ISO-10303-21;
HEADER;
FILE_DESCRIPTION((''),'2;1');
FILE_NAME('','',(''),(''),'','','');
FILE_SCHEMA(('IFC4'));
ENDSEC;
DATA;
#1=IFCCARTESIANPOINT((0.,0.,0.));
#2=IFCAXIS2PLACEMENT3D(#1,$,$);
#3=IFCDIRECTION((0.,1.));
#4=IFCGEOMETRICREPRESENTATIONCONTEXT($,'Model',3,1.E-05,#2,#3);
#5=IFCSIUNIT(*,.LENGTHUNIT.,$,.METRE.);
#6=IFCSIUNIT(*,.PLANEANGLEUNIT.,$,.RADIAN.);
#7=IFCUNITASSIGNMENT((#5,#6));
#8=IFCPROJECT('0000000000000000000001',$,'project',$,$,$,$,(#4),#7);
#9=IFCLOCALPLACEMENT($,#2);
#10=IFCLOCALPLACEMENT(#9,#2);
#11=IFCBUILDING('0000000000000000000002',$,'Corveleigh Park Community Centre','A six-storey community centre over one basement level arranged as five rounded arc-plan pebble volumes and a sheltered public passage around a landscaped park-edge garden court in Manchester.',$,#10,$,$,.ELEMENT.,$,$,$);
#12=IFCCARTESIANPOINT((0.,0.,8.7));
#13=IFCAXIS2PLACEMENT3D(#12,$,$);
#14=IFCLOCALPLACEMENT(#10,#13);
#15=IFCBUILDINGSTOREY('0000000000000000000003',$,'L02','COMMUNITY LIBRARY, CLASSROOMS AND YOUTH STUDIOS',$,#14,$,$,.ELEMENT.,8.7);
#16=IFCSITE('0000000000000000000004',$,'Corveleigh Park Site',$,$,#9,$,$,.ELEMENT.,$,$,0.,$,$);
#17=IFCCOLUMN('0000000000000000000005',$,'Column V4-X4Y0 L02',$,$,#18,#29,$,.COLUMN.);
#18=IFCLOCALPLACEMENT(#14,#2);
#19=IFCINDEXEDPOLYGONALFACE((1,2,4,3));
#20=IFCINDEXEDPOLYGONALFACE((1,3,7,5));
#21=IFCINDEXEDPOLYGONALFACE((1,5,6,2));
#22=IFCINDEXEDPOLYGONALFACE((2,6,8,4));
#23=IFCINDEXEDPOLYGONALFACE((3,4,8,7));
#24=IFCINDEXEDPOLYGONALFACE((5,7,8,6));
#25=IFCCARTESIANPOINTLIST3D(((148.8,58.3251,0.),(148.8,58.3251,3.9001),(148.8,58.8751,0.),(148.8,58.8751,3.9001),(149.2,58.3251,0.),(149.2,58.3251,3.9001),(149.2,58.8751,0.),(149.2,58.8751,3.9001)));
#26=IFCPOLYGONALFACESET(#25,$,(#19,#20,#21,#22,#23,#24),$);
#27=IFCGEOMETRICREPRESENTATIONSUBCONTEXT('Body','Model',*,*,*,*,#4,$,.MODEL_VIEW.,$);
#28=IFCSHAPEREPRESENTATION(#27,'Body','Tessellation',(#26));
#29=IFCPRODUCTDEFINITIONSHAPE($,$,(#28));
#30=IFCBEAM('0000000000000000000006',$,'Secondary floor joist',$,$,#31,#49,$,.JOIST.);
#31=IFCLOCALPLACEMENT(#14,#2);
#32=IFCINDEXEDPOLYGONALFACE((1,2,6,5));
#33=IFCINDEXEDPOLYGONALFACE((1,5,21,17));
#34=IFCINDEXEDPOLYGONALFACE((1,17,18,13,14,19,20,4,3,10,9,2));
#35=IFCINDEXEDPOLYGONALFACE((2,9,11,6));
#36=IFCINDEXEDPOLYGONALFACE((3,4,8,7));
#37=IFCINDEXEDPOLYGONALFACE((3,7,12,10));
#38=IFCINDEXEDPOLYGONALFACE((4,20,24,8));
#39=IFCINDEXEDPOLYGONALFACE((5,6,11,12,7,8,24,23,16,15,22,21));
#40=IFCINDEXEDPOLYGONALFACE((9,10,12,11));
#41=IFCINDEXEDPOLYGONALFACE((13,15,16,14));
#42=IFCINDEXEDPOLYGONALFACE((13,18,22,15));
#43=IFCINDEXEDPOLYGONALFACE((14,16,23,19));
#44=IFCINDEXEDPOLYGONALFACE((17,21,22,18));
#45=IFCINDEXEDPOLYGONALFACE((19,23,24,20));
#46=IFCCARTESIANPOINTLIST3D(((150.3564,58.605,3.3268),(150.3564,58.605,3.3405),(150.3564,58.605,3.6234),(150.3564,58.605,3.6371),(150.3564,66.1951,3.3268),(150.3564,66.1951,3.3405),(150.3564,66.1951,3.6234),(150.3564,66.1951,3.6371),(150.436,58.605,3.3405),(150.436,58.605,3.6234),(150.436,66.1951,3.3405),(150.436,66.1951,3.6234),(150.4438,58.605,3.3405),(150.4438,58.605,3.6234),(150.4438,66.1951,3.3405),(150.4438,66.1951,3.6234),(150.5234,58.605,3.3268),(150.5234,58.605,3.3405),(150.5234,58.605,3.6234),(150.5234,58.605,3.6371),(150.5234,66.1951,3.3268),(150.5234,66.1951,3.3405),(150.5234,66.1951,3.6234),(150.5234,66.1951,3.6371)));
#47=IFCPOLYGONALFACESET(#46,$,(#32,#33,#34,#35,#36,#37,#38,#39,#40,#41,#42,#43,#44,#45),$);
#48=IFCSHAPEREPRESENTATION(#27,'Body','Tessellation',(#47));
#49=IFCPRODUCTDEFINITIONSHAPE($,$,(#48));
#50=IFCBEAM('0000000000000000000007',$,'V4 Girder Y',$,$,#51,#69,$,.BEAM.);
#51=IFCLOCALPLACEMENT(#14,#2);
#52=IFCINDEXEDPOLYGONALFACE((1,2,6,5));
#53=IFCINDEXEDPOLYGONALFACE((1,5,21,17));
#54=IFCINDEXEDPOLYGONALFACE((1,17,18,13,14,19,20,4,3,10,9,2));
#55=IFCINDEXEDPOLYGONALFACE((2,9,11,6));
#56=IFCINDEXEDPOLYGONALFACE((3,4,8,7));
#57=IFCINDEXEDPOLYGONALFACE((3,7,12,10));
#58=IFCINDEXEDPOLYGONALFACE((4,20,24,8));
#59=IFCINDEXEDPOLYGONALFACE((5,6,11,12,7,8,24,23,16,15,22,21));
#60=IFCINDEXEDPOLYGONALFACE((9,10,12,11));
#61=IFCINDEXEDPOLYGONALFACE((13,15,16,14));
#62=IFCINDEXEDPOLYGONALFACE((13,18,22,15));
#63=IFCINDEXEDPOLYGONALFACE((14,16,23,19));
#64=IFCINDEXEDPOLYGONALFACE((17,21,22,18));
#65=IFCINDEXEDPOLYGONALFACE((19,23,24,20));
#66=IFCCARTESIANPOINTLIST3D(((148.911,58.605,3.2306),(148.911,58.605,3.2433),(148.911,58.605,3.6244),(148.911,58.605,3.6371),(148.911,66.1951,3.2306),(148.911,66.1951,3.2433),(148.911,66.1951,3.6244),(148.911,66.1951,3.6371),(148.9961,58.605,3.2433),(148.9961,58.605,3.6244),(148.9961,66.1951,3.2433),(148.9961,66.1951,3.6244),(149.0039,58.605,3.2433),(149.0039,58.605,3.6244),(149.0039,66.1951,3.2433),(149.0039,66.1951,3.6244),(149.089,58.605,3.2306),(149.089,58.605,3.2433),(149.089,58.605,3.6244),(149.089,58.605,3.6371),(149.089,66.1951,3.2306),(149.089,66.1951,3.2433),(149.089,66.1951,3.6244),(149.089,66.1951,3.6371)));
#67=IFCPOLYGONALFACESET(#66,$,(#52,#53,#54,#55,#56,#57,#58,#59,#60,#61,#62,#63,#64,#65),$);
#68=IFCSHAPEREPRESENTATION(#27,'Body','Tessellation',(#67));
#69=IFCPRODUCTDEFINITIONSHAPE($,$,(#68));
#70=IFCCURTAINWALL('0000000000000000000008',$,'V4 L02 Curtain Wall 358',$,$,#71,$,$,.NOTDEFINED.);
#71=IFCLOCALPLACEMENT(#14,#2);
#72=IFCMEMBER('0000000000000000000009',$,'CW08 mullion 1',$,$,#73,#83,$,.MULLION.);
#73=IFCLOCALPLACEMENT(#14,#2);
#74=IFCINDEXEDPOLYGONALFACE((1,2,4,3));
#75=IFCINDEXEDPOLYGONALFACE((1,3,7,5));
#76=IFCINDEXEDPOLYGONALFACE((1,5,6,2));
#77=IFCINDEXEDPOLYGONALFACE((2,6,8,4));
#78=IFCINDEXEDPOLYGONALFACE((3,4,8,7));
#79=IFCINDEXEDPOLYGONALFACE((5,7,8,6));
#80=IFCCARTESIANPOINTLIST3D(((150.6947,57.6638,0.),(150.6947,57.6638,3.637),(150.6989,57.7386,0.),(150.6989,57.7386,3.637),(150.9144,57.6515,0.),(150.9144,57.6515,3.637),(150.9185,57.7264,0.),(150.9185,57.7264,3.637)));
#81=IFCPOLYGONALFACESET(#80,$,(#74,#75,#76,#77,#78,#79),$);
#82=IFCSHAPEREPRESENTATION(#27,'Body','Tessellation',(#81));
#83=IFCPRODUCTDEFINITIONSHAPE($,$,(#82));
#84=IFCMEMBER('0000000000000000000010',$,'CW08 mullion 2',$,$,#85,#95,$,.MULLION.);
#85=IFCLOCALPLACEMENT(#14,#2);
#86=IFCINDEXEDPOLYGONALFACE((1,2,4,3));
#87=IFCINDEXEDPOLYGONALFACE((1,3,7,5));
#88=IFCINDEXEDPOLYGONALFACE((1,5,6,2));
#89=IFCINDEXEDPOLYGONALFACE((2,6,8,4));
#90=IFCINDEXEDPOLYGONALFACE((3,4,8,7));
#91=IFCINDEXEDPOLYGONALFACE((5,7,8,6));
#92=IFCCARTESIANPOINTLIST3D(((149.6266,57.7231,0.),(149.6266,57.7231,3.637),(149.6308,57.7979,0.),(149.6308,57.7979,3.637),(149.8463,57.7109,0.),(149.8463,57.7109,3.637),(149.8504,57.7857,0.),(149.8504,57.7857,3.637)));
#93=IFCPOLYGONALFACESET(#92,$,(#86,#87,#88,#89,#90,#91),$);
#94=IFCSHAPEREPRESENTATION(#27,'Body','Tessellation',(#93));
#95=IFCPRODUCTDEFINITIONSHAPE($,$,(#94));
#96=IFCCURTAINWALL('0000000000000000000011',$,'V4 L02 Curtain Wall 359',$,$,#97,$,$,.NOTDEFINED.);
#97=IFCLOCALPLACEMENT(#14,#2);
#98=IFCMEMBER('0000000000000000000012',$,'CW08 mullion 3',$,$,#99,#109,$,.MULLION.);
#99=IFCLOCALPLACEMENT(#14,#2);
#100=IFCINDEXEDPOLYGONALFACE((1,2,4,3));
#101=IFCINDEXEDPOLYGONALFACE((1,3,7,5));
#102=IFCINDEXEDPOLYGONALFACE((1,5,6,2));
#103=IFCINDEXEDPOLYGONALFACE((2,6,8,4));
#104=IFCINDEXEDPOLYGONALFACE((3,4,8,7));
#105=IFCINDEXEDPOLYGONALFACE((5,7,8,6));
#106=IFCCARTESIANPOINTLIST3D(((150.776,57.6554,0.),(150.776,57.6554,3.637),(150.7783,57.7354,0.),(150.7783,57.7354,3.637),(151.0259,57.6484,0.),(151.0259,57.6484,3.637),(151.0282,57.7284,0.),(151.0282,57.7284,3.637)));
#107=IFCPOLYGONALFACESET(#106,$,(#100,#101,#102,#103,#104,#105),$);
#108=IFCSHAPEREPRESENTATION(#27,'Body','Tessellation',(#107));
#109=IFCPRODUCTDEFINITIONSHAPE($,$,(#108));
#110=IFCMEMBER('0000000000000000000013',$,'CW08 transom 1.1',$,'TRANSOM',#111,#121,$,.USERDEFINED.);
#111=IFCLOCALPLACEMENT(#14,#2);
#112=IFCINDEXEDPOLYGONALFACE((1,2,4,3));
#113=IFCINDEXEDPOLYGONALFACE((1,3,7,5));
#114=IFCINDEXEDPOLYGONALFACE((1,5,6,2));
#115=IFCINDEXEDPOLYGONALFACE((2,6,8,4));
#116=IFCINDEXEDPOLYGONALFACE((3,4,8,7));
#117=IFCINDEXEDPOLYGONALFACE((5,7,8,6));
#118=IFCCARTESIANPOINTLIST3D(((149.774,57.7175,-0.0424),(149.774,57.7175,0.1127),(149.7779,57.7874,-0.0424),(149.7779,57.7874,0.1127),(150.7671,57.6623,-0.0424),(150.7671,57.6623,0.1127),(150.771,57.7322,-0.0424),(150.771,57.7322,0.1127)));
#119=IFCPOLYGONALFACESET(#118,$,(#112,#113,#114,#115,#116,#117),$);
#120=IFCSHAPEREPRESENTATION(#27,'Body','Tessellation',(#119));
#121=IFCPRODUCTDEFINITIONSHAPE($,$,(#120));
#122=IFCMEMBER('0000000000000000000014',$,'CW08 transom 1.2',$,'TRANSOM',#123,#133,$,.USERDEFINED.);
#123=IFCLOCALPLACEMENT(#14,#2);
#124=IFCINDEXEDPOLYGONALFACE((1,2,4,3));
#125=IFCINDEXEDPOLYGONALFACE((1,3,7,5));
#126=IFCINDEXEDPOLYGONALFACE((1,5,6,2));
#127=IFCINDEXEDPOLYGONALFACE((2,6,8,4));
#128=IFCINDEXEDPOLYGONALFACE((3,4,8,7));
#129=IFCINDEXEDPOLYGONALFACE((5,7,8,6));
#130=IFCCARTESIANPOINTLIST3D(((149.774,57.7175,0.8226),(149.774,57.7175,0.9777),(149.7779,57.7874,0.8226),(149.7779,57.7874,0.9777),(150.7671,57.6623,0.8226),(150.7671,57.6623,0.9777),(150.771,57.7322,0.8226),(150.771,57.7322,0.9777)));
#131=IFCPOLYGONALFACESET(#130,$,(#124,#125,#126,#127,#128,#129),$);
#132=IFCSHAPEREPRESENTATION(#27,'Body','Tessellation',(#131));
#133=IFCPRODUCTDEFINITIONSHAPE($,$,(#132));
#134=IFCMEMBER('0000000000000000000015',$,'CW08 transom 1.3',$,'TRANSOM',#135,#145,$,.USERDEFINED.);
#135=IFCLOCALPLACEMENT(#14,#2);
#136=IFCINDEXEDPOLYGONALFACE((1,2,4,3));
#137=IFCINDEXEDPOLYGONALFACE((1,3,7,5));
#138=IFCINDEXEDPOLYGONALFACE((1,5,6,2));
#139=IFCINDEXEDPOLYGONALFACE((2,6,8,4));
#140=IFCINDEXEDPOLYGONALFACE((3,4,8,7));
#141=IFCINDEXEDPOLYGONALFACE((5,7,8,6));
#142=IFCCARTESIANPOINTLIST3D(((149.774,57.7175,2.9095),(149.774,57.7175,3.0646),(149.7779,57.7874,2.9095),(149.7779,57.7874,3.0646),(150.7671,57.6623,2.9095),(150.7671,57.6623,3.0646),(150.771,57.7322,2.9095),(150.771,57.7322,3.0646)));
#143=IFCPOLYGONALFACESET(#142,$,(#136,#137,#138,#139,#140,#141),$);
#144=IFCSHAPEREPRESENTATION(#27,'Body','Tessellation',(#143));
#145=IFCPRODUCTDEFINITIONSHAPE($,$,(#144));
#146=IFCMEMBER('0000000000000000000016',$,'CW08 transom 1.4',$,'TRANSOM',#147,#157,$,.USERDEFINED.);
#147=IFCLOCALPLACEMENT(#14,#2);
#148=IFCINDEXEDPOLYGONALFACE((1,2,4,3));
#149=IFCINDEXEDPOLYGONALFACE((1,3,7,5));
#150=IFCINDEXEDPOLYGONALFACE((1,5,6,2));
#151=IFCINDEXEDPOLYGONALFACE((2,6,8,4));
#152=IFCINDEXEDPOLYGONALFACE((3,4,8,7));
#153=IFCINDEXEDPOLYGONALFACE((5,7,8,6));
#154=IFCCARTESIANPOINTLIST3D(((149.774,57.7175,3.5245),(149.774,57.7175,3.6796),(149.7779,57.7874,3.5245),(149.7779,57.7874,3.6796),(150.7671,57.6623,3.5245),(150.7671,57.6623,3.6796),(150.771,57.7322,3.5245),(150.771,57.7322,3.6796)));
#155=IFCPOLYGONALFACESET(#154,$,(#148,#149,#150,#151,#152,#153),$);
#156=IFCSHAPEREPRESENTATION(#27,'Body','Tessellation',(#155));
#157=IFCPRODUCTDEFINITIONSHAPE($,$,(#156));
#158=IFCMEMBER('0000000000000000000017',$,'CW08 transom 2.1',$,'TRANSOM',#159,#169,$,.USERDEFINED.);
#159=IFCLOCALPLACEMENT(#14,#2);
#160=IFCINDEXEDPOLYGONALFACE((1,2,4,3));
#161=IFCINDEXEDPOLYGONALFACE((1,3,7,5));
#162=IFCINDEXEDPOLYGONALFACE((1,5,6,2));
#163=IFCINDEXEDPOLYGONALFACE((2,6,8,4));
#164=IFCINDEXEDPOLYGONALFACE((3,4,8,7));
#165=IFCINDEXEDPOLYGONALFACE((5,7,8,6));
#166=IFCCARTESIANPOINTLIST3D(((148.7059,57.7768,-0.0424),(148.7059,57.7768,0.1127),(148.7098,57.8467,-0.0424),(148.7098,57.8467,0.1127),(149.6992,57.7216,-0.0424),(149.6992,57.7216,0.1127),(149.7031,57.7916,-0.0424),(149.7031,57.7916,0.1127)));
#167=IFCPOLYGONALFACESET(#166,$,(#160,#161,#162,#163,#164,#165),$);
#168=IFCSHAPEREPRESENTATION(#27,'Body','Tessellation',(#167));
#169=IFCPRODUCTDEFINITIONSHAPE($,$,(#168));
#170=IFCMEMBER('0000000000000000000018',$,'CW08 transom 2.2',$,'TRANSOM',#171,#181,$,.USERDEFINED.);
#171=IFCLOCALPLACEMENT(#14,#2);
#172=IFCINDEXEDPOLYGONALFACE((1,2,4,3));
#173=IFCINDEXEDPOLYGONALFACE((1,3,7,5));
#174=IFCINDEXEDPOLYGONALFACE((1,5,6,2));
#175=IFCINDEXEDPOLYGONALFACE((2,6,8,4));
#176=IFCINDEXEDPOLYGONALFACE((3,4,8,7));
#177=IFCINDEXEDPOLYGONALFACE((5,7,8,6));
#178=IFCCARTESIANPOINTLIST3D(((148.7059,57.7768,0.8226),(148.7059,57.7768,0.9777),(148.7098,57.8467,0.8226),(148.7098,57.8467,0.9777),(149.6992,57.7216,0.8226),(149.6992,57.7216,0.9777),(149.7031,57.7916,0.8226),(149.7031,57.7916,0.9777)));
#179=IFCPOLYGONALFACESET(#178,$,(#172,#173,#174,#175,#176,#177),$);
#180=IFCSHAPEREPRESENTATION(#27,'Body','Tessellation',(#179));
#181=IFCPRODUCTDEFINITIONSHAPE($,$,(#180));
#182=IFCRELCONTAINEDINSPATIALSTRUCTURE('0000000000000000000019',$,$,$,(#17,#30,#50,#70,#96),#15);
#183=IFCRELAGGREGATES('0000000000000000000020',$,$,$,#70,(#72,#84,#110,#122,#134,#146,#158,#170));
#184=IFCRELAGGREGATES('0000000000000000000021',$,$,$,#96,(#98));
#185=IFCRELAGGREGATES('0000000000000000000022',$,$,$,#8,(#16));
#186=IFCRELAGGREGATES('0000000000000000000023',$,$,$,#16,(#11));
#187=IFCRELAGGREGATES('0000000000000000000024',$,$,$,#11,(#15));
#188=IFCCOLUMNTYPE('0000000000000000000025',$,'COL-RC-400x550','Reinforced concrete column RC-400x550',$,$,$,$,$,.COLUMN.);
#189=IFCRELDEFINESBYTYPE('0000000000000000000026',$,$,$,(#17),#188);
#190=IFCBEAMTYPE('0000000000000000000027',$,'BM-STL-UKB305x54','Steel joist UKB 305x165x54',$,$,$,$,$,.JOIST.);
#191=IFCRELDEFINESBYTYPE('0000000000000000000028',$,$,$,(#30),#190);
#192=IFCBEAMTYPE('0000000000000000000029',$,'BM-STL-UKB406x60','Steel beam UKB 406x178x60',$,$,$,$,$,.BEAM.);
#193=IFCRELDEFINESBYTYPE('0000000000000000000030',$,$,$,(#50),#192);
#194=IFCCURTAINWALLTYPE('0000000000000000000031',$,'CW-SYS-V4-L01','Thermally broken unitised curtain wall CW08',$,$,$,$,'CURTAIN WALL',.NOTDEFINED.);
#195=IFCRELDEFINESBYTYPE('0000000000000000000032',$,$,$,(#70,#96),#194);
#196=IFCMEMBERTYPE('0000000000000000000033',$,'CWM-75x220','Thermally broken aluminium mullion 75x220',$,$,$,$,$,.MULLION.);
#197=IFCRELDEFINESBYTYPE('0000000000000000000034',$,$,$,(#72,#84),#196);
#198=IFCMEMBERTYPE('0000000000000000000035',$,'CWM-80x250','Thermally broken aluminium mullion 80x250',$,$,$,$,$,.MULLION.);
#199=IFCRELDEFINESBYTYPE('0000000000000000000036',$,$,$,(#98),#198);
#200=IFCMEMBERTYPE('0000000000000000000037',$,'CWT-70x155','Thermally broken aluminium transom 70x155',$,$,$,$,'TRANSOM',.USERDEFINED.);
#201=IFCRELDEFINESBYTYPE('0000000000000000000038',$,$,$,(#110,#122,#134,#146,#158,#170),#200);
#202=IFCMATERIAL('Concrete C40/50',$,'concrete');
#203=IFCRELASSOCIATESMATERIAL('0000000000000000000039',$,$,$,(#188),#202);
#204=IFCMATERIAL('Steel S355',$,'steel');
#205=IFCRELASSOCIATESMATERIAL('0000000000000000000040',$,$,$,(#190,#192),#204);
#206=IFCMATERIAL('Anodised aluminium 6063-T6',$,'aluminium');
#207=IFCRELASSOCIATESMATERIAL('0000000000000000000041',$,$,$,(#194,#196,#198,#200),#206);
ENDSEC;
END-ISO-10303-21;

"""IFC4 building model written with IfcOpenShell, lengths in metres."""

from ifc_helpers import new_model, si_unit, direction, frame, origin, origin_2d, place, context, subcontext, project, spatial, rectangle, i_section, extrude, material, material_profile, profile_set, type_object, element, aggregate, save


model = new_model("IFC4")

# Units and contexts
model_context = context("Model", 3, precision=1e-05, world=origin(), true_north=direction((0.0, 1.0)))
body_context = subcontext(model_context, "Body", "Model", "MODEL_VIEW")
ifc_project = project(units=[si_unit("LENGTHUNIT", "METRE"), si_unit("PLANEANGLEUNIT", "RADIAN")], contexts=[model_context])

# Site, building, storey
site_placement = place(None, origin())
site = spatial("IfcSite", under=ifc_project, at=site_placement, Name="Corveleigh Park Site", CompositionType="ELEMENT", RefElevation=0.0)
building_placement = place(site_placement, origin())
building = spatial("IfcBuilding", under=site, at=building_placement, Name="Corveleigh Park Community Centre", Description="A six-storey community centre over one basement level arranged as five rounded arc-plan pebble volumes and a sheltered public passage around a landscaped park-edge garden court in Manchester.", CompositionType="ELEMENT")
storey_placement = place(building_placement, frame((0.0, 0.0, 8.7)))
storey = spatial("IfcBuildingStorey", under=building, at=storey_placement, Name="L02", Description="COMMUNITY LIBRARY, CLASSROOMS AND YOUTH STUDIOS", CompositionType="ELEMENT", Elevation=8.7)

# Column
ifc_material_1 = material(Name="Concrete C40/50", Category="concrete")
ifc_material_profile_1 = material_profile(ifc_material_1, rectangle(XDim=0.3999, YDim=0.55, at=origin_2d()), Name="RC-400x550", Category="concrete")
ifc_profile_set_1 = profile_set([ifc_material_profile_1], Name="Concrete C40/50")
column_type = type_object("IfcColumnType", Name="COL-RC-400x550", Description="Reinforced concrete column RC-400x550", PredefinedType="COLUMN", material=ifc_profile_set_1)
column_placement = place(storey_placement, frame((149.0, 58.6001, 0.0), z_axis=(0.0, 0.0, 1.0), x_axis=(1.0, 0.0, 0.0)))
element("IfcColumn", 1, at=column_placement, inside=storey, type_object=column_type, Name="Column V4-X4Y0 L02", PredefinedType="COLUMN", context=body_context, shape_type="SweptSolid", body=[
    extrude(rectangle(XDim=0.3999, YDim=0.55, at=origin_2d()), origin(), (0.0, 0.0, 1.0), 3.9001),
])

# Beams
ifc_material_2 = material(Name="Steel S355", Category="steel")
ifc_material_profile_2 = material_profile(ifc_material_2, i_section(OverallWidth=0.167, OverallDepth=0.3103, WebThickness=0.0078, FlangeThickness=0.0137, at=origin_2d()), Name="UKB 305x165x54", Category="steel")
ifc_profile_set_2 = profile_set([ifc_material_profile_2], Name="Steel S355")
beam_type_1 = type_object("IfcBeamType", Name="BM-STL-UKB305x54", Description="Steel joist UKB 305x165x54", PredefinedType="JOIST", material=ifc_profile_set_2)
beam_1_placement = place(storey_placement, frame((150.4399, 58.605, 3.4819), z_axis=(0.0, 1.0, 0.0), x_axis=(-1.0, 0.0, 0.0)))
element("IfcBeam", 2, at=beam_1_placement, inside=storey, type_object=beam_type_1, Name="Secondary floor joist", PredefinedType="JOIST", context=body_context, shape_type="SweptSolid", body=[
    extrude(i_section(OverallWidth=0.167, OverallDepth=0.3103, WebThickness=0.0078, FlangeThickness=0.0137, at=origin_2d()), origin(), (0.0, 0.0, 1.0), 7.5901),
])
ifc_material_profile_3 = material_profile(ifc_material_2, i_section(OverallWidth=0.178, OverallDepth=0.4065, WebThickness=0.0078, FlangeThickness=0.0127, at=origin_2d()), Name="UKB 406x178x60", Category="steel")
ifc_profile_set_3 = profile_set([ifc_material_profile_3], Name="Steel S355")
beam_type_2 = type_object("IfcBeamType", Name="BM-STL-UKB406x60", Description="Steel beam UKB 406x178x60", PredefinedType="BEAM", material=ifc_profile_set_3)
beam_2_placement = place(storey_placement, frame((149.0, 58.605, 3.4338), z_axis=(0.0, 1.0, 0.0), x_axis=(-1.0, 0.0, 0.0)))
element("IfcBeam", 3, at=beam_2_placement, inside=storey, type_object=beam_type_2, Name="V4 Girder Y", PredefinedType="BEAM", context=body_context, shape_type="SweptSolid", body=[
    extrude(i_section(OverallWidth=0.178, OverallDepth=0.4065, WebThickness=0.0078, FlangeThickness=0.0127, at=origin_2d()), origin(), (0.0, 0.0, 1.0), 7.5901),
])

# Curtain wall, members
ifc_material_3 = material(Name="Anodised aluminium 6063-T6", Category="aluminium")
curtain_wall_type = type_object("IfcCurtainWallType", Name="CW-SYS-V4-L01", Description="Thermally broken unitised curtain wall CW08", ElementType="CURTAIN WALL", PredefinedType="NOTDEFINED", material=ifc_material_3)
curtain_wall_1_placement = place(storey_placement, origin())
curtain_wall_1 = element("IfcCurtainWall", 4, at=curtain_wall_1_placement, inside=storey, type_object=curtain_wall_type, Name="V4 L02 Curtain Wall 358", PredefinedType="NOTDEFINED")
ifc_material_profile_4 = material_profile(ifc_material_3, rectangle(XDim=0.075, YDim=0.22, at=origin_2d()), Name="ALU-M75x220", Category="aluminium")
ifc_profile_set_4 = profile_set([ifc_material_profile_4], Name="Anodised aluminium 6063-T6")
member_type_1 = type_object("IfcMemberType", Name="CWM-75x220", Description="Thermally broken aluminium mullion 75x220", PredefinedType="MULLION", material=ifc_profile_set_4)
member_1_placement = place(storey_placement, frame((150.8066, 57.6951, 0.0), z_axis=(0.0, 0.0, 1.0), x_axis=(-0.055545, -0.998456, 0.0)))
member_1 = element("IfcMember", 5, at=member_1_placement, type_object=member_type_1, Name="CW08 mullion 1", PredefinedType="MULLION", context=body_context, shape_type="SweptSolid", body=[
    extrude(rectangle(XDim=0.075, YDim=0.22, at=origin_2d()), origin(), (0.0, 0.0, 1.0), 3.637),
])
member_2_placement = place(storey_placement, frame((149.7385, 57.7544, 0.0), z_axis=(0.0, 0.0, 1.0), x_axis=(-0.055545, -0.998456, 0.0)))
member_2 = element("IfcMember", 6, at=member_2_placement, type_object=member_type_1, Name="CW08 mullion 2", PredefinedType="MULLION", context=body_context, shape_type="SweptSolid", body=[
    extrude(rectangle(XDim=0.075, YDim=0.22, at=origin_2d()), origin(), (0.0, 0.0, 1.0), 3.637),
])

# Curtain wall, member
curtain_wall_2_placement = place(storey_placement, origin())
curtain_wall_2 = element("IfcCurtainWall", 7, at=curtain_wall_2_placement, inside=storey, type_object=curtain_wall_type, Name="V4 L02 Curtain Wall 359", PredefinedType="NOTDEFINED")
ifc_material_profile_5 = material_profile(ifc_material_3, rectangle(XDim=0.0801, YDim=0.25, at=origin_2d()), Name="ALU-M80x250", Category="aluminium")
ifc_profile_set_5 = profile_set([ifc_material_profile_5], Name="Anodised aluminium 6063-T6")
member_type_2 = type_object("IfcMemberType", Name="CWM-80x250", Description="Thermally broken aluminium mullion 80x250", PredefinedType="MULLION", material=ifc_profile_set_5)
member_3_placement = place(storey_placement, frame((150.9021, 57.6919, 0.0), z_axis=(0.0, 0.0, 1.0), x_axis=(-0.028005, -0.999608, 0.0)))
member_3 = element("IfcMember", 8, at=member_3_placement, type_object=member_type_2, Name="CW08 mullion 3", PredefinedType="MULLION", context=body_context, shape_type="SweptSolid", body=[
    extrude(rectangle(XDim=0.0801, YDim=0.25, at=origin_2d()), origin(), (0.0, 0.0, 1.0), 3.637),
])

# Members
ifc_material_profile_6 = material_profile(ifc_material_3, rectangle(XDim=0.0701, YDim=0.155, at=origin_2d()), Name="ALU-T70x155", Category="aluminium")
ifc_profile_set_6 = profile_set([ifc_material_profile_6], Name="Anodised aluminium 6063-T6")
member_type_3 = type_object("IfcMemberType", Name="CWT-70x155", Description="Thermally broken aluminium transom 70x155", ElementType="TRANSOM", PredefinedType="USERDEFINED", material=ifc_profile_set_6)
member_4_placement = place(storey_placement, frame((150.769, 57.6973, 0.0352), z_axis=(-0.99846, 0.05547, 0.0), x_axis=(-0.05547, -0.99846, 0.0)))
member_4 = element("IfcMember", 9, at=member_4_placement, type_object=member_type_3, Name="CW08 transom 1.1", ObjectType="TRANSOM", PredefinedType="USERDEFINED", context=body_context, shape_type="SweptSolid", body=[
    extrude(rectangle(XDim=0.0701, YDim=0.155, at=origin_2d()), origin(), (0.0, 0.0, 1.0), 0.9946),
])
member_5_placement = place(storey_placement, frame((150.769, 57.6973, 0.9001), z_axis=(-0.99846, 0.05547, 0.0), x_axis=(-0.05547, -0.99846, 0.0)))
member_5 = element("IfcMember", 10, at=member_5_placement, type_object=member_type_3, Name="CW08 transom 1.2", ObjectType="TRANSOM", PredefinedType="USERDEFINED", context=body_context, shape_type="SweptSolid", body=[
    extrude(rectangle(XDim=0.0701, YDim=0.155, at=origin_2d()), origin(), (0.0, 0.0, 1.0), 0.9946),
])
member_6_placement = place(storey_placement, frame((150.769, 57.6973, 2.9871), z_axis=(-0.99846, 0.05547, 0.0), x_axis=(-0.05547, -0.99846, 0.0)))
member_6 = element("IfcMember", 11, at=member_6_placement, type_object=member_type_3, Name="CW08 transom 1.3", ObjectType="TRANSOM", PredefinedType="USERDEFINED", context=body_context, shape_type="SweptSolid", body=[
    extrude(rectangle(XDim=0.0701, YDim=0.155, at=origin_2d()), origin(), (0.0, 0.0, 1.0), 0.9946),
])
member_7_placement = place(storey_placement, frame((150.769, 57.6973, 3.6021), z_axis=(-0.99846, 0.05547, 0.0), x_axis=(-0.05547, -0.99846, 0.0)))
member_7 = element("IfcMember", 12, at=member_7_placement, type_object=member_type_3, Name="CW08 transom 1.4", ObjectType="TRANSOM", PredefinedType="USERDEFINED", context=body_context, shape_type="SweptSolid", body=[
    extrude(rectangle(XDim=0.0701, YDim=0.155, at=origin_2d()), origin(), (0.0, 0.0, 1.0), 0.9946),
])
member_8_placement = place(storey_placement, frame((149.7012, 57.7566, 0.0352), z_axis=(-0.998461, 0.055456, 0.0), x_axis=(-0.055456, -0.998461, 0.0)))
member_8 = element("IfcMember", 13, at=member_8_placement, type_object=member_type_3, Name="CW08 transom 2.1", ObjectType="TRANSOM", PredefinedType="USERDEFINED", context=body_context, shape_type="SweptSolid", body=[
    extrude(rectangle(XDim=0.0701, YDim=0.155, at=origin_2d()), origin(), (0.0, 0.0, 1.0), 0.9949),
])
member_9_placement = place(storey_placement, frame((149.7012, 57.7566, 0.9001), z_axis=(-0.998461, 0.055456, 0.0), x_axis=(-0.055456, -0.998461, 0.0)))
member_9 = element("IfcMember", 14, at=member_9_placement, type_object=member_type_3, Name="CW08 transom 2.2", ObjectType="TRANSOM", PredefinedType="USERDEFINED", context=body_context, shape_type="SweptSolid", body=[
    extrude(rectangle(XDim=0.0701, YDim=0.155, at=origin_2d()), origin(), (0.0, 0.0, 1.0), 0.9949),
])

aggregate(curtain_wall_1, [member_1, member_2, member_4, member_5, member_6, member_7, member_8, member_9])
aggregate(curtain_wall_2, [member_3])

save(model, "model.ifc")
